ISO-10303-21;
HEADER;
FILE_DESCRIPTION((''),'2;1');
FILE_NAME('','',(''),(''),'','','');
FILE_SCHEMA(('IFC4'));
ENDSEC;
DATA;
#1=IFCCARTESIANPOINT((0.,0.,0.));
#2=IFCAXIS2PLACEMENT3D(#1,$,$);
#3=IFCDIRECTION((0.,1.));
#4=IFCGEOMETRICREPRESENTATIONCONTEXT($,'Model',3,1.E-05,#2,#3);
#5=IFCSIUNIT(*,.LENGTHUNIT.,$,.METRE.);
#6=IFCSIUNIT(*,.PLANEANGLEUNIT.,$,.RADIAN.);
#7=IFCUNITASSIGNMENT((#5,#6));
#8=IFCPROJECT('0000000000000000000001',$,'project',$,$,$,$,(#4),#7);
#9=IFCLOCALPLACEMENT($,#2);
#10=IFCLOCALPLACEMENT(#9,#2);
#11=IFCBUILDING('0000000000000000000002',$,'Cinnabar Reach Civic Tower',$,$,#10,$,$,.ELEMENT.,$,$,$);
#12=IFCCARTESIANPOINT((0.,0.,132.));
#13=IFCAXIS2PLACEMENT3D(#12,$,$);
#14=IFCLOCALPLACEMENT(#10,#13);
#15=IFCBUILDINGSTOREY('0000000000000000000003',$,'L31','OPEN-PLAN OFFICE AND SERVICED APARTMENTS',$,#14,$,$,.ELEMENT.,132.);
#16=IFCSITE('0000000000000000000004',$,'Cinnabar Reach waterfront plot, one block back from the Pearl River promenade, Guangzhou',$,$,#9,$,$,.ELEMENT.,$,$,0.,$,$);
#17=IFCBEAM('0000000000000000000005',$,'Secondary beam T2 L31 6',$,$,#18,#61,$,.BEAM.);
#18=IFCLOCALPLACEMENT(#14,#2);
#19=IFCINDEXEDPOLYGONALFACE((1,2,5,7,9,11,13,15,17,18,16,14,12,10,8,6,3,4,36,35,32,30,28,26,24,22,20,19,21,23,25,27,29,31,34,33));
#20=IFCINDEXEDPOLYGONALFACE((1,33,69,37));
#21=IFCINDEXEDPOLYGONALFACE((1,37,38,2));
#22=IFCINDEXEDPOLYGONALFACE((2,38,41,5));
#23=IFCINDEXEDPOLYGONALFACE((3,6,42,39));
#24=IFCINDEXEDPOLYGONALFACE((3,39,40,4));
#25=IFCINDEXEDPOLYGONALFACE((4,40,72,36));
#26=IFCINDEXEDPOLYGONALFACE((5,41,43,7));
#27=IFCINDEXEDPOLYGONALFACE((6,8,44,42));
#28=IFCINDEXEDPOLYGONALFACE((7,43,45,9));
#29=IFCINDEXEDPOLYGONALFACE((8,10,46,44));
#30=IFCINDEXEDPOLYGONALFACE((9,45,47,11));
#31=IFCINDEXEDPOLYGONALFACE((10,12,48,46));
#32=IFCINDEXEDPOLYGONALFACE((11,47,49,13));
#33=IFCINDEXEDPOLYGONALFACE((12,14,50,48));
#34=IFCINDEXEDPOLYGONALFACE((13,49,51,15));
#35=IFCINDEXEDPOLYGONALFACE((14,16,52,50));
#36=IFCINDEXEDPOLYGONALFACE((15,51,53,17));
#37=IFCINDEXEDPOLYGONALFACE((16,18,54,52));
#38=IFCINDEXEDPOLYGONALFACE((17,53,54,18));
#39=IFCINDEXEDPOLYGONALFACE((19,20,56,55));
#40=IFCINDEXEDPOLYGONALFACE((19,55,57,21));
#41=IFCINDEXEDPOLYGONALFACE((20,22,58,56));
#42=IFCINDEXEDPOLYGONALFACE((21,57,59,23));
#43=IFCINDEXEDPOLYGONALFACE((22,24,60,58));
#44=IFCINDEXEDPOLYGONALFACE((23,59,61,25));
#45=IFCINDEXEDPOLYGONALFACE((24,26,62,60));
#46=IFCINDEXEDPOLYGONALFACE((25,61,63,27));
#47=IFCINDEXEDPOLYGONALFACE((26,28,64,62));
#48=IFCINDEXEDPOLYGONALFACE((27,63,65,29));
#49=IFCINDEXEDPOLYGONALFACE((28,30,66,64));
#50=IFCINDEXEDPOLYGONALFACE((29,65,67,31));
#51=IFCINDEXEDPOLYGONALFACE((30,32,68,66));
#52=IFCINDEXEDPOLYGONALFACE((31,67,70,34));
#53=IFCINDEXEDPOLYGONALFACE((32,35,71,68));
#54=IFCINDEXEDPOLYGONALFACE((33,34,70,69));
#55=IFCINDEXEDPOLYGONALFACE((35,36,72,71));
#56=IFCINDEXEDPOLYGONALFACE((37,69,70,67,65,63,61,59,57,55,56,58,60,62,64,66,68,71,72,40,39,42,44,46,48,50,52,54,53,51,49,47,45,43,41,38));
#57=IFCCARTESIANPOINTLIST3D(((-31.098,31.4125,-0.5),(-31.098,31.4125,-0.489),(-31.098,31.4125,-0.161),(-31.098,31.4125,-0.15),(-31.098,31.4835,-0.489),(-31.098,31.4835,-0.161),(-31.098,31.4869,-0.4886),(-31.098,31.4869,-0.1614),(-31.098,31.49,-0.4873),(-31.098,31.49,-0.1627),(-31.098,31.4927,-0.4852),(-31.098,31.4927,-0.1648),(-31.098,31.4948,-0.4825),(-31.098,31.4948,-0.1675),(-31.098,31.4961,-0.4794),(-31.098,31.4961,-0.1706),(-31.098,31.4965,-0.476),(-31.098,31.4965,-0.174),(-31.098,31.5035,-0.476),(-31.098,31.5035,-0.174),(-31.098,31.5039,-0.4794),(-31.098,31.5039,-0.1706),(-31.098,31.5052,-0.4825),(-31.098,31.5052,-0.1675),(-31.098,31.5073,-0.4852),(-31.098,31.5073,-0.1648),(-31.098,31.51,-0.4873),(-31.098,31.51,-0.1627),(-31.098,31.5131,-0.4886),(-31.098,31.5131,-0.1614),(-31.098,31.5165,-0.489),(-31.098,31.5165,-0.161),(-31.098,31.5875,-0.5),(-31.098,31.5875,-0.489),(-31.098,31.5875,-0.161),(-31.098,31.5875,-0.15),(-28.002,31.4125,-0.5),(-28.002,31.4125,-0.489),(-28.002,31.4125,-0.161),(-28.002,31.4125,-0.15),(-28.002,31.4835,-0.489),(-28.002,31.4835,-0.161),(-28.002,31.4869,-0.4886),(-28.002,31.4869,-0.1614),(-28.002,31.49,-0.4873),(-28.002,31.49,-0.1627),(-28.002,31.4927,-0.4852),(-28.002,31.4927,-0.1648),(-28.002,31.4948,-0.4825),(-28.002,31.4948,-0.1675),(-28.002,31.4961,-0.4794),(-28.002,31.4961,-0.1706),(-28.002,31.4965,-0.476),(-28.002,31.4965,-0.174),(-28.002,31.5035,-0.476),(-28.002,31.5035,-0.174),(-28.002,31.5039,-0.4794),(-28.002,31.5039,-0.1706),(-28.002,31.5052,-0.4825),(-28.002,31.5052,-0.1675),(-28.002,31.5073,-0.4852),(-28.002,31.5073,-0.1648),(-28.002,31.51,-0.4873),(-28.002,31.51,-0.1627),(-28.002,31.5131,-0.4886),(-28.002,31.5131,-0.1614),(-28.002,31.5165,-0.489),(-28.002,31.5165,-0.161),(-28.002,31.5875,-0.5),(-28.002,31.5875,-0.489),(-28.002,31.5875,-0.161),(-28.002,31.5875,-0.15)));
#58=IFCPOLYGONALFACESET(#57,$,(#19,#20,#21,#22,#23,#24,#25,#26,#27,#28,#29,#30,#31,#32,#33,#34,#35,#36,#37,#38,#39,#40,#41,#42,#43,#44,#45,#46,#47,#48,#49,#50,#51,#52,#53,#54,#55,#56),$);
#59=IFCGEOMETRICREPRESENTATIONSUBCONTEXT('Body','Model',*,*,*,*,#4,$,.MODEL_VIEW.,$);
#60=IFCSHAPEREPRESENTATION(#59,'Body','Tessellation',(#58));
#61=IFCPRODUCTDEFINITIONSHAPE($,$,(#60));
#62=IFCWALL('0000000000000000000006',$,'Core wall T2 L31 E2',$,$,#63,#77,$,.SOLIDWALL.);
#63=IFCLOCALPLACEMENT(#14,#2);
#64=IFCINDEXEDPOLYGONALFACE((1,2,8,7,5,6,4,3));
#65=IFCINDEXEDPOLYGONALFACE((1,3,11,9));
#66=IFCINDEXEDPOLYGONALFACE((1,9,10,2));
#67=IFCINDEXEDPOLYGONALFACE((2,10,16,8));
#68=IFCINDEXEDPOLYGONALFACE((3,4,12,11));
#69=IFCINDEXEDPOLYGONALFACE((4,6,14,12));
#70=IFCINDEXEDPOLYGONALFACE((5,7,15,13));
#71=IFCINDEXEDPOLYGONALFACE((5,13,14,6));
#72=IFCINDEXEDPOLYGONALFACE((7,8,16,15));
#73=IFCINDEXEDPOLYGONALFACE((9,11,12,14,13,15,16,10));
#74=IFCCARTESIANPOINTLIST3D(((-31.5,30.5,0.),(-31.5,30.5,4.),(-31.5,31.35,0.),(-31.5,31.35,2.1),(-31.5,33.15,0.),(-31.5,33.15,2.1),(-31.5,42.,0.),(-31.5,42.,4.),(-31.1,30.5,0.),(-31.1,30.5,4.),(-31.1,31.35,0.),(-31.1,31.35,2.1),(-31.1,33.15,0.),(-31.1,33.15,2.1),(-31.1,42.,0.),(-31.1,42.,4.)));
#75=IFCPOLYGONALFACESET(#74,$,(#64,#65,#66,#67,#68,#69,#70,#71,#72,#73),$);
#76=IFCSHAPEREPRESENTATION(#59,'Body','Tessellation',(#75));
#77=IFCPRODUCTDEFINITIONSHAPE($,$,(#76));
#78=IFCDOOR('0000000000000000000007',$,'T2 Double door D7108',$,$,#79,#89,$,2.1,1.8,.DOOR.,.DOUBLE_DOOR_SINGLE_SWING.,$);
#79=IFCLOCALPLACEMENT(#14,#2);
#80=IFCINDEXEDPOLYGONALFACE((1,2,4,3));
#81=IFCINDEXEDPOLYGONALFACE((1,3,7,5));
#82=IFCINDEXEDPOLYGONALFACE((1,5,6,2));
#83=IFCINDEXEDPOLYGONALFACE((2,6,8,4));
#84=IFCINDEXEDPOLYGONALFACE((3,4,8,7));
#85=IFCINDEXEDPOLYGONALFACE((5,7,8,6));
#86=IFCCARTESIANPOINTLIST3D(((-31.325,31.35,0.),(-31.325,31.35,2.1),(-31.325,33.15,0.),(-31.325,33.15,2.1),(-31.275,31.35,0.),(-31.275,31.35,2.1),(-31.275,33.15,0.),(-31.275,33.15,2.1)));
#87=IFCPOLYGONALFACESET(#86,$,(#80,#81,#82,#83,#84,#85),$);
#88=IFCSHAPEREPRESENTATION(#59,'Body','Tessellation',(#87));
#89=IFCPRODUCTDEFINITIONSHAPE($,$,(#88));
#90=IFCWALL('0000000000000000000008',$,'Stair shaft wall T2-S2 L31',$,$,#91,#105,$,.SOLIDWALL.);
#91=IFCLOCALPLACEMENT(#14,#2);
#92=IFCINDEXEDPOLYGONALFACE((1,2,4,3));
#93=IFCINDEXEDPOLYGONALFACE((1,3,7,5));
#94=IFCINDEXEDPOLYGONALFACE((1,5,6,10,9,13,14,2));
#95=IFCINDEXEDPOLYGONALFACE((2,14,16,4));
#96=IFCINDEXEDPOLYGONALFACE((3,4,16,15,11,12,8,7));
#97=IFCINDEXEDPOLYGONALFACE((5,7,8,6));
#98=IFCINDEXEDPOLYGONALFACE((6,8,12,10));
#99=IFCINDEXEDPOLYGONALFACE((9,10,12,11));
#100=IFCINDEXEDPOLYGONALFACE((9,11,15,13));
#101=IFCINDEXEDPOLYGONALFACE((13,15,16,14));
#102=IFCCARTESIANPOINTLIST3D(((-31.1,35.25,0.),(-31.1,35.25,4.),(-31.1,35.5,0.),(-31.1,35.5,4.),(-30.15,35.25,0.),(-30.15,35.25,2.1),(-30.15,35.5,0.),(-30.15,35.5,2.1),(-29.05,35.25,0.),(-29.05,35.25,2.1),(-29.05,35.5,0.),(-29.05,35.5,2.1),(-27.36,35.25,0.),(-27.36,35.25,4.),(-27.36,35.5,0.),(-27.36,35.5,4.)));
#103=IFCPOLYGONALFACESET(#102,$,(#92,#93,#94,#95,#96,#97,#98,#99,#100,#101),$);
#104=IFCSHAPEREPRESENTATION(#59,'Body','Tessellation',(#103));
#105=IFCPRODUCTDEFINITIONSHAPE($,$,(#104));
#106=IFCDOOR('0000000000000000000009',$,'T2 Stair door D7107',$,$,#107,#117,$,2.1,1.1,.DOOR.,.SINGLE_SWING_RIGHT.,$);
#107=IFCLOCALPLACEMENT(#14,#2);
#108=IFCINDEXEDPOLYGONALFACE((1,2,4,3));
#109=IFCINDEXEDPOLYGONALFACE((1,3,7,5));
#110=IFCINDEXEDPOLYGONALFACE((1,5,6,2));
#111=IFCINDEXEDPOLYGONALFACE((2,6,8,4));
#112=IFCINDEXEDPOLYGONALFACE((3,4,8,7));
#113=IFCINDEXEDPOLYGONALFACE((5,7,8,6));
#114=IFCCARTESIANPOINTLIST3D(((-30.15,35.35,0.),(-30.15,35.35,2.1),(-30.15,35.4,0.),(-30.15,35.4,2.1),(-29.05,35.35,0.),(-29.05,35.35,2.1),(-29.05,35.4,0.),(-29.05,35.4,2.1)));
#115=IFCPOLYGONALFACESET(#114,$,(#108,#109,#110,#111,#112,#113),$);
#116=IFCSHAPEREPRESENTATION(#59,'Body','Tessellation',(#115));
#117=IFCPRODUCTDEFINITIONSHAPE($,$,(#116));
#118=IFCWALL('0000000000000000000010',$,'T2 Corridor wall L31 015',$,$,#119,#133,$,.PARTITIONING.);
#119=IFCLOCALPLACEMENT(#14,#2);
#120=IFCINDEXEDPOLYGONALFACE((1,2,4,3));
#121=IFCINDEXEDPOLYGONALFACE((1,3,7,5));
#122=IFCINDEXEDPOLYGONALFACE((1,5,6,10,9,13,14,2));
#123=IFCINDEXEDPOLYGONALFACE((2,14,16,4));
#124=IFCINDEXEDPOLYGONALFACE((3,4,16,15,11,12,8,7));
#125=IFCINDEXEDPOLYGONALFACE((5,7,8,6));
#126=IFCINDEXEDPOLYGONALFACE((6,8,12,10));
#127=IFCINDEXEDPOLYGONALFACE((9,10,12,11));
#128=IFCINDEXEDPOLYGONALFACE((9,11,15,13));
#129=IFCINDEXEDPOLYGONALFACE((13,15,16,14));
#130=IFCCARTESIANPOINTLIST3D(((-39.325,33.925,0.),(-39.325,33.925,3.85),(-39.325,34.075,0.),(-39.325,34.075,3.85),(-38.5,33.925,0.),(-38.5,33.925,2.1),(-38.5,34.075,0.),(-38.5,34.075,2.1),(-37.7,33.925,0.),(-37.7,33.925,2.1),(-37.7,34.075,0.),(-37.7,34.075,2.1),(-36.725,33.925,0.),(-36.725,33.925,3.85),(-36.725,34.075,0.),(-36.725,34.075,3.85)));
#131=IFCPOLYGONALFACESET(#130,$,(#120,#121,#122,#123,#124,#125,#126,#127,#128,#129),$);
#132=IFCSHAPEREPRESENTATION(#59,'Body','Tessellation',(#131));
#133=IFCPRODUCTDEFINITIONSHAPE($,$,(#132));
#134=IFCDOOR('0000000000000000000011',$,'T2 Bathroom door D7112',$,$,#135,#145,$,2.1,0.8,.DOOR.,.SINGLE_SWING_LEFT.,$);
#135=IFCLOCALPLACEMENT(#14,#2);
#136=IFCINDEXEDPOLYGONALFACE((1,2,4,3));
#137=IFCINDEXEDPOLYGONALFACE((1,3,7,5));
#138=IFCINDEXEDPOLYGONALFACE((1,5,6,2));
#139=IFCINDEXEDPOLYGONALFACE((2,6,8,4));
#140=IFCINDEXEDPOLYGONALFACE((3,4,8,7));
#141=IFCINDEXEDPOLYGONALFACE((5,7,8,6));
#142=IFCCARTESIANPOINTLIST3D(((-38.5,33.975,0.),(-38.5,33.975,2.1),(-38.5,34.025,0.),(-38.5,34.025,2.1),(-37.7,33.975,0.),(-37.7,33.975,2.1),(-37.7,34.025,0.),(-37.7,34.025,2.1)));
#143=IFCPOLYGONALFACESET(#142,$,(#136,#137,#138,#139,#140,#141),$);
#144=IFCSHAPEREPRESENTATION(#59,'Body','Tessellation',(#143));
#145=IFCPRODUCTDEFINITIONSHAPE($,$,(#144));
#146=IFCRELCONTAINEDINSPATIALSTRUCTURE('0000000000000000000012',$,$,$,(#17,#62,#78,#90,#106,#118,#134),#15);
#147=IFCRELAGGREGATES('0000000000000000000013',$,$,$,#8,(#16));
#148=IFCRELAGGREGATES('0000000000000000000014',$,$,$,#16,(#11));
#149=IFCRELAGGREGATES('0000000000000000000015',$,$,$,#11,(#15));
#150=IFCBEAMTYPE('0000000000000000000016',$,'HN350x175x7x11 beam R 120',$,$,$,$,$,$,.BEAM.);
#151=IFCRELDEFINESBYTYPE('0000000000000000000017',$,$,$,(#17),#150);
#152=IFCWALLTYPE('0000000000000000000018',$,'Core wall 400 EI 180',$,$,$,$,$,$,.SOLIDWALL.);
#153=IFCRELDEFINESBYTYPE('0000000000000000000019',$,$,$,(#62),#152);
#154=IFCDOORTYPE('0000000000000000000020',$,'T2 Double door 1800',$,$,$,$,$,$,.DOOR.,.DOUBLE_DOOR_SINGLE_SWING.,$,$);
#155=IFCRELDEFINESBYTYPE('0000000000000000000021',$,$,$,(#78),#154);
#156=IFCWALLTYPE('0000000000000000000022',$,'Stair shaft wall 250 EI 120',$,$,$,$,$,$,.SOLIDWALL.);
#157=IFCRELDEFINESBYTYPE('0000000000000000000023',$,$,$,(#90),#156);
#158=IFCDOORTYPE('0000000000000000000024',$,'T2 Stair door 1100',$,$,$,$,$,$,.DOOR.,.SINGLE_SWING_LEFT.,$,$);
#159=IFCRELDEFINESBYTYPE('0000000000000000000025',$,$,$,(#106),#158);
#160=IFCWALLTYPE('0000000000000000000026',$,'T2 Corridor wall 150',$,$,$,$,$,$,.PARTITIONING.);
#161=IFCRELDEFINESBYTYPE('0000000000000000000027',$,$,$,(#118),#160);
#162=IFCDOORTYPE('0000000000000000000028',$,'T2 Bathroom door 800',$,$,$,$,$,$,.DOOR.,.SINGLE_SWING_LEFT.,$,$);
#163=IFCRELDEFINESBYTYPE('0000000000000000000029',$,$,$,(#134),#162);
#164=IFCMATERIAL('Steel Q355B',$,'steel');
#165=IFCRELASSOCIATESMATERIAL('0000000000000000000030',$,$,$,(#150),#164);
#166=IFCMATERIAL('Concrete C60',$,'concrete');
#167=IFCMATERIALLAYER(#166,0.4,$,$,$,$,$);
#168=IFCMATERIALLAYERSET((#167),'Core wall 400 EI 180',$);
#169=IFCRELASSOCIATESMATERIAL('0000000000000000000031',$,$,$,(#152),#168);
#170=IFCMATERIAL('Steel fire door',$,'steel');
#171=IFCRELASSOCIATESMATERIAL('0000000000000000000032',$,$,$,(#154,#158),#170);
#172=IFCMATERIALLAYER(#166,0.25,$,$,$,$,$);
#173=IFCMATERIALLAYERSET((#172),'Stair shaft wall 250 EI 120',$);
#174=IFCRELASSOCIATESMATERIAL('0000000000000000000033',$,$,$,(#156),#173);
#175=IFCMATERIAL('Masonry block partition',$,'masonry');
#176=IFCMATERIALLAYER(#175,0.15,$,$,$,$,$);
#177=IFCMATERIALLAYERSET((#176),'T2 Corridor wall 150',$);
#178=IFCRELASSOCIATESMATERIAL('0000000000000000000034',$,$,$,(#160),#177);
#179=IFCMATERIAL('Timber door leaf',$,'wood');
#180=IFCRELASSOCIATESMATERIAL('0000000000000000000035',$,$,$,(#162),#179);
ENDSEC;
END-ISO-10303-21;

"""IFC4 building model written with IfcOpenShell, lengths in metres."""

from ifc_helpers import new_model, si_unit, direction, frame, frame_2d, origin, origin_2d, place, context, subcontext, project, spatial, rectangle, i_section, extrude, material, layer, layer_set, material_profile, profile_set, type_object, element, fill, save


model = new_model("IFC4")

# Units and contexts
model_context = context("Model", 3, precision=1e-05, world=origin(), true_north=direction((0.0, 1.0)))
body_context = subcontext(model_context, "Body", "Model", "MODEL_VIEW")
ifc_project = project(units=[si_unit("LENGTHUNIT", "METRE"), si_unit("PLANEANGLEUNIT", "RADIAN")], contexts=[model_context])

# Site, building, storey
site_placement = place(None, origin())
site = spatial("IfcSite", under=ifc_project, at=site_placement, Name="Cinnabar Reach waterfront plot, one block back from the Pearl River promenade, Guangzhou", CompositionType="ELEMENT", RefElevation=0.0)
building_placement = place(site_placement, origin())
building = spatial("IfcBuilding", under=site, at=building_placement, Name="Cinnabar Reach Civic Tower", CompositionType="ELEMENT")
storey_placement = place(building_placement, frame((0.0, 0.0, 132.0)))
storey = spatial("IfcBuildingStorey", under=building, at=storey_placement, Name="L31", Description="OPEN-PLAN OFFICE AND SERVICED APARTMENTS", CompositionType="ELEMENT", Elevation=132.0)

# Beam
ifc_material_1 = material(Name="Steel Q355B", Category="steel")
ifc_material_profile = material_profile(ifc_material_1, i_section(OverallWidth=0.175, OverallDepth=0.35, WebThickness=0.007, FlangeThickness=0.011, FilletRadius=0.013, at=origin_2d()), Name="HN350x175x7x11")
ifc_profile_set = profile_set([ifc_material_profile], Name="Steel Q355B")
beam_type = type_object("IfcBeamType", Name="HN350x175x7x11 beam R 120", PredefinedType="BEAM", material=ifc_profile_set)
beam_placement = place(storey_placement, frame((-31.098, 31.5, -0.325), z_axis=(1.0, 0.0, 0.0), x_axis=(0.0, 1.0, 0.0)))
element("IfcBeam", 1, at=beam_placement, inside=storey, type_object=beam_type, Name="Secondary beam T2 L31 6", PredefinedType="BEAM", context=body_context, shape_type="SweptSolid", body=[
    extrude(i_section(OverallWidth=0.175, OverallDepth=0.35, WebThickness=0.007, FlangeThickness=0.011, FilletRadius=0.013, at=origin_2d()), origin(), (0.0, 0.0, 1.0), 3.096),
])

# Walls, openings, doors
ifc_material_2 = material(Name="Concrete C60", Category="concrete")
ifc_layer_1 = layer(ifc_material_2, 0.4)
ifc_layer_set_1 = layer_set([ifc_layer_1], Name="Core wall 400 EI 180")
wall_type_1 = type_object("IfcWallType", Name="Core wall 400 EI 180", PredefinedType="SOLIDWALL", material=ifc_layer_set_1)
wall_1_placement = place(storey_placement, frame((-31.3, 30.5, 0.0), z_axis=(0.0, 0.0, 1.0), x_axis=(0.0, 1.0, 0.0)))
wall_1 = element("IfcWall", 2, at=wall_1_placement, inside=storey, type_object=wall_type_1, Name="Core wall T2 L31 E2", PredefinedType="SOLIDWALL", context=body_context, shape_type="SweptSolid", body=[
    extrude(rectangle(XDim=11.5, YDim=0.4, at=frame_2d((5.75, 0.0))), origin(), (0.0, 0.0, 1.0), 4.0),
])
opening_1_placement = place(wall_1_placement, frame((0.85, 0.0, 0.0)))
opening_1 = element("IfcOpeningElement", 3, at=opening_1_placement, cuts=wall_1, PredefinedType="OPENING", context=body_context, shape_type="SweptSolid", body=[
    extrude(rectangle(XDim=1.8, YDim=2.1, at=frame_2d((0.9, 1.05))), frame((0.0, 0.21, 0.0), z_axis=(0.0, -1.0, 0.0), x_axis=(1.0, 0.0, 0.0)), (0.0, 0.0, 1.0), 0.42),
])
ifc_material_3 = material(Name="Steel fire door", Category="steel")
door_type_1 = type_object("IfcDoorType", Name="T2 Double door 1800", OperationType="DOUBLE_DOOR_SINGLE_SWING", PredefinedType="DOOR", material=ifc_material_3)
door_1_placement = place(opening_1_placement, origin())
door_1 = element("IfcDoor", 4, at=door_1_placement, inside=storey, type_object=door_type_1, Name="T2 Double door D7108", OperationType="DOUBLE_DOOR_SINGLE_SWING", OverallHeight=2.1, OverallWidth=1.8, PredefinedType="DOOR", context=body_context, shape_type="SweptSolid", body=[
    extrude(rectangle(XDim=1.8, YDim=2.1, at=frame_2d((0.9, 1.05))), frame((0.0, 0.025, 0.0), z_axis=(0.0, -1.0, 0.0), x_axis=(1.0, 0.0, 0.0)), (0.0, 0.0, 1.0), 0.05),
])
fill(opening_1, door_1)
ifc_layer_2 = layer(ifc_material_2, 0.25)
ifc_layer_set_2 = layer_set([ifc_layer_2], Name="Stair shaft wall 250 EI 120")
wall_type_2 = type_object("IfcWallType", Name="Stair shaft wall 250 EI 120", PredefinedType="SOLIDWALL", material=ifc_layer_set_2)
wall_2_placement = place(storey_placement, frame((-31.1, 35.375, 0.0), z_axis=(0.0, 0.0, 1.0), x_axis=(1.0, 0.0, 0.0)))
wall_2 = element("IfcWall", 5, at=wall_2_placement, inside=storey, type_object=wall_type_2, Name="Stair shaft wall T2-S2 L31", PredefinedType="SOLIDWALL", context=body_context, shape_type="SweptSolid", body=[
    extrude(rectangle(XDim=3.74, YDim=0.25, at=frame_2d((1.87, 0.0))), origin(), (0.0, 0.0, 1.0), 4.0),
])
opening_2_placement = place(wall_2_placement, frame((0.95, 0.0, 0.0)))
opening_2 = element("IfcOpeningElement", 6, at=opening_2_placement, cuts=wall_2, PredefinedType="OPENING", context=body_context, shape_type="SweptSolid", body=[
    extrude(rectangle(XDim=1.1, YDim=2.1, at=frame_2d((0.55, 1.05))), frame((0.0, 0.135, 0.0), z_axis=(0.0, -1.0, 0.0), x_axis=(1.0, 0.0, 0.0)), (0.0, 0.0, 1.0), 0.27),
])
door_type_2 = type_object("IfcDoorType", Name="T2 Stair door 1100", OperationType="SINGLE_SWING_LEFT", PredefinedType="DOOR", material=ifc_material_3)
door_2_placement = place(opening_2_placement, origin())
door_2 = element("IfcDoor", 7, at=door_2_placement, inside=storey, type_object=door_type_2, Name="T2 Stair door D7107", OperationType="SINGLE_SWING_RIGHT", OverallHeight=2.1, OverallWidth=1.1, PredefinedType="DOOR", context=body_context, shape_type="SweptSolid", body=[
    extrude(rectangle(XDim=1.1, YDim=2.1, at=frame_2d((0.55, 1.05))), frame((0.0, 0.025, 0.0), z_axis=(0.0, -1.0, 0.0), x_axis=(1.0, 0.0, 0.0)), (0.0, 0.0, 1.0), 0.05),
])
fill(opening_2, door_2)
ifc_material_4 = material(Name="Masonry block partition", Category="masonry")
ifc_layer_3 = layer(ifc_material_4, 0.15)
ifc_layer_set_3 = layer_set([ifc_layer_3], Name="T2 Corridor wall 150")
wall_type_3 = type_object("IfcWallType", Name="T2 Corridor wall 150", PredefinedType="PARTITIONING", material=ifc_layer_set_3)
wall_3_placement = place(storey_placement, frame((-36.725, 34.0, 0.0), z_axis=(0.0, 0.0, 1.0), x_axis=(-1.0, 0.0, 0.0)))
wall_3 = element("IfcWall", 8, at=wall_3_placement, inside=storey, type_object=wall_type_3, Name="T2 Corridor wall L31 015", PredefinedType="PARTITIONING", context=body_context, shape_type="SweptSolid", body=[
    extrude(rectangle(XDim=2.6, YDim=0.15, at=frame_2d((1.3, 0.0))), origin(), (0.0, 0.0, 1.0), 3.85),
])
opening_3_placement = place(wall_3_placement, frame((0.975, 0.0, 0.0)))
opening_3 = element("IfcOpeningElement", 9, at=opening_3_placement, cuts=wall_3, PredefinedType="OPENING", context=body_context, shape_type="SweptSolid", body=[
    extrude(rectangle(XDim=0.8, YDim=2.1, at=frame_2d((0.4, 1.05))), frame((0.0, 0.085, 0.0), z_axis=(0.0, -1.0, 0.0), x_axis=(1.0, 0.0, 0.0)), (0.0, 0.0, 1.0), 0.17),
])
ifc_material_5 = material(Name="Timber door leaf", Category="wood")
door_type_3 = type_object("IfcDoorType", Name="T2 Bathroom door 800", OperationType="SINGLE_SWING_LEFT", PredefinedType="DOOR", material=ifc_material_5)
door_3_placement = place(opening_3_placement, frame((0.8, 0.0, 0.0), z_axis=(0.0, 0.0, 1.0), x_axis=(-1.0, 0.0, 0.0)))
door_3 = element("IfcDoor", 10, at=door_3_placement, inside=storey, type_object=door_type_3, Name="T2 Bathroom door D7112", OperationType="SINGLE_SWING_LEFT", OverallHeight=2.1, OverallWidth=0.8, PredefinedType="DOOR", context=body_context, shape_type="SweptSolid", body=[
    extrude(rectangle(XDim=0.8, YDim=2.1, at=frame_2d((0.4, 1.05))), frame((0.0, 0.025, 0.0), z_axis=(0.0, -1.0, 0.0), x_axis=(1.0, 0.0, 0.0)), (0.0, 0.0, 1.0), 0.05),
])
fill(opening_3, door_3)

save(model, "model.ifc")
